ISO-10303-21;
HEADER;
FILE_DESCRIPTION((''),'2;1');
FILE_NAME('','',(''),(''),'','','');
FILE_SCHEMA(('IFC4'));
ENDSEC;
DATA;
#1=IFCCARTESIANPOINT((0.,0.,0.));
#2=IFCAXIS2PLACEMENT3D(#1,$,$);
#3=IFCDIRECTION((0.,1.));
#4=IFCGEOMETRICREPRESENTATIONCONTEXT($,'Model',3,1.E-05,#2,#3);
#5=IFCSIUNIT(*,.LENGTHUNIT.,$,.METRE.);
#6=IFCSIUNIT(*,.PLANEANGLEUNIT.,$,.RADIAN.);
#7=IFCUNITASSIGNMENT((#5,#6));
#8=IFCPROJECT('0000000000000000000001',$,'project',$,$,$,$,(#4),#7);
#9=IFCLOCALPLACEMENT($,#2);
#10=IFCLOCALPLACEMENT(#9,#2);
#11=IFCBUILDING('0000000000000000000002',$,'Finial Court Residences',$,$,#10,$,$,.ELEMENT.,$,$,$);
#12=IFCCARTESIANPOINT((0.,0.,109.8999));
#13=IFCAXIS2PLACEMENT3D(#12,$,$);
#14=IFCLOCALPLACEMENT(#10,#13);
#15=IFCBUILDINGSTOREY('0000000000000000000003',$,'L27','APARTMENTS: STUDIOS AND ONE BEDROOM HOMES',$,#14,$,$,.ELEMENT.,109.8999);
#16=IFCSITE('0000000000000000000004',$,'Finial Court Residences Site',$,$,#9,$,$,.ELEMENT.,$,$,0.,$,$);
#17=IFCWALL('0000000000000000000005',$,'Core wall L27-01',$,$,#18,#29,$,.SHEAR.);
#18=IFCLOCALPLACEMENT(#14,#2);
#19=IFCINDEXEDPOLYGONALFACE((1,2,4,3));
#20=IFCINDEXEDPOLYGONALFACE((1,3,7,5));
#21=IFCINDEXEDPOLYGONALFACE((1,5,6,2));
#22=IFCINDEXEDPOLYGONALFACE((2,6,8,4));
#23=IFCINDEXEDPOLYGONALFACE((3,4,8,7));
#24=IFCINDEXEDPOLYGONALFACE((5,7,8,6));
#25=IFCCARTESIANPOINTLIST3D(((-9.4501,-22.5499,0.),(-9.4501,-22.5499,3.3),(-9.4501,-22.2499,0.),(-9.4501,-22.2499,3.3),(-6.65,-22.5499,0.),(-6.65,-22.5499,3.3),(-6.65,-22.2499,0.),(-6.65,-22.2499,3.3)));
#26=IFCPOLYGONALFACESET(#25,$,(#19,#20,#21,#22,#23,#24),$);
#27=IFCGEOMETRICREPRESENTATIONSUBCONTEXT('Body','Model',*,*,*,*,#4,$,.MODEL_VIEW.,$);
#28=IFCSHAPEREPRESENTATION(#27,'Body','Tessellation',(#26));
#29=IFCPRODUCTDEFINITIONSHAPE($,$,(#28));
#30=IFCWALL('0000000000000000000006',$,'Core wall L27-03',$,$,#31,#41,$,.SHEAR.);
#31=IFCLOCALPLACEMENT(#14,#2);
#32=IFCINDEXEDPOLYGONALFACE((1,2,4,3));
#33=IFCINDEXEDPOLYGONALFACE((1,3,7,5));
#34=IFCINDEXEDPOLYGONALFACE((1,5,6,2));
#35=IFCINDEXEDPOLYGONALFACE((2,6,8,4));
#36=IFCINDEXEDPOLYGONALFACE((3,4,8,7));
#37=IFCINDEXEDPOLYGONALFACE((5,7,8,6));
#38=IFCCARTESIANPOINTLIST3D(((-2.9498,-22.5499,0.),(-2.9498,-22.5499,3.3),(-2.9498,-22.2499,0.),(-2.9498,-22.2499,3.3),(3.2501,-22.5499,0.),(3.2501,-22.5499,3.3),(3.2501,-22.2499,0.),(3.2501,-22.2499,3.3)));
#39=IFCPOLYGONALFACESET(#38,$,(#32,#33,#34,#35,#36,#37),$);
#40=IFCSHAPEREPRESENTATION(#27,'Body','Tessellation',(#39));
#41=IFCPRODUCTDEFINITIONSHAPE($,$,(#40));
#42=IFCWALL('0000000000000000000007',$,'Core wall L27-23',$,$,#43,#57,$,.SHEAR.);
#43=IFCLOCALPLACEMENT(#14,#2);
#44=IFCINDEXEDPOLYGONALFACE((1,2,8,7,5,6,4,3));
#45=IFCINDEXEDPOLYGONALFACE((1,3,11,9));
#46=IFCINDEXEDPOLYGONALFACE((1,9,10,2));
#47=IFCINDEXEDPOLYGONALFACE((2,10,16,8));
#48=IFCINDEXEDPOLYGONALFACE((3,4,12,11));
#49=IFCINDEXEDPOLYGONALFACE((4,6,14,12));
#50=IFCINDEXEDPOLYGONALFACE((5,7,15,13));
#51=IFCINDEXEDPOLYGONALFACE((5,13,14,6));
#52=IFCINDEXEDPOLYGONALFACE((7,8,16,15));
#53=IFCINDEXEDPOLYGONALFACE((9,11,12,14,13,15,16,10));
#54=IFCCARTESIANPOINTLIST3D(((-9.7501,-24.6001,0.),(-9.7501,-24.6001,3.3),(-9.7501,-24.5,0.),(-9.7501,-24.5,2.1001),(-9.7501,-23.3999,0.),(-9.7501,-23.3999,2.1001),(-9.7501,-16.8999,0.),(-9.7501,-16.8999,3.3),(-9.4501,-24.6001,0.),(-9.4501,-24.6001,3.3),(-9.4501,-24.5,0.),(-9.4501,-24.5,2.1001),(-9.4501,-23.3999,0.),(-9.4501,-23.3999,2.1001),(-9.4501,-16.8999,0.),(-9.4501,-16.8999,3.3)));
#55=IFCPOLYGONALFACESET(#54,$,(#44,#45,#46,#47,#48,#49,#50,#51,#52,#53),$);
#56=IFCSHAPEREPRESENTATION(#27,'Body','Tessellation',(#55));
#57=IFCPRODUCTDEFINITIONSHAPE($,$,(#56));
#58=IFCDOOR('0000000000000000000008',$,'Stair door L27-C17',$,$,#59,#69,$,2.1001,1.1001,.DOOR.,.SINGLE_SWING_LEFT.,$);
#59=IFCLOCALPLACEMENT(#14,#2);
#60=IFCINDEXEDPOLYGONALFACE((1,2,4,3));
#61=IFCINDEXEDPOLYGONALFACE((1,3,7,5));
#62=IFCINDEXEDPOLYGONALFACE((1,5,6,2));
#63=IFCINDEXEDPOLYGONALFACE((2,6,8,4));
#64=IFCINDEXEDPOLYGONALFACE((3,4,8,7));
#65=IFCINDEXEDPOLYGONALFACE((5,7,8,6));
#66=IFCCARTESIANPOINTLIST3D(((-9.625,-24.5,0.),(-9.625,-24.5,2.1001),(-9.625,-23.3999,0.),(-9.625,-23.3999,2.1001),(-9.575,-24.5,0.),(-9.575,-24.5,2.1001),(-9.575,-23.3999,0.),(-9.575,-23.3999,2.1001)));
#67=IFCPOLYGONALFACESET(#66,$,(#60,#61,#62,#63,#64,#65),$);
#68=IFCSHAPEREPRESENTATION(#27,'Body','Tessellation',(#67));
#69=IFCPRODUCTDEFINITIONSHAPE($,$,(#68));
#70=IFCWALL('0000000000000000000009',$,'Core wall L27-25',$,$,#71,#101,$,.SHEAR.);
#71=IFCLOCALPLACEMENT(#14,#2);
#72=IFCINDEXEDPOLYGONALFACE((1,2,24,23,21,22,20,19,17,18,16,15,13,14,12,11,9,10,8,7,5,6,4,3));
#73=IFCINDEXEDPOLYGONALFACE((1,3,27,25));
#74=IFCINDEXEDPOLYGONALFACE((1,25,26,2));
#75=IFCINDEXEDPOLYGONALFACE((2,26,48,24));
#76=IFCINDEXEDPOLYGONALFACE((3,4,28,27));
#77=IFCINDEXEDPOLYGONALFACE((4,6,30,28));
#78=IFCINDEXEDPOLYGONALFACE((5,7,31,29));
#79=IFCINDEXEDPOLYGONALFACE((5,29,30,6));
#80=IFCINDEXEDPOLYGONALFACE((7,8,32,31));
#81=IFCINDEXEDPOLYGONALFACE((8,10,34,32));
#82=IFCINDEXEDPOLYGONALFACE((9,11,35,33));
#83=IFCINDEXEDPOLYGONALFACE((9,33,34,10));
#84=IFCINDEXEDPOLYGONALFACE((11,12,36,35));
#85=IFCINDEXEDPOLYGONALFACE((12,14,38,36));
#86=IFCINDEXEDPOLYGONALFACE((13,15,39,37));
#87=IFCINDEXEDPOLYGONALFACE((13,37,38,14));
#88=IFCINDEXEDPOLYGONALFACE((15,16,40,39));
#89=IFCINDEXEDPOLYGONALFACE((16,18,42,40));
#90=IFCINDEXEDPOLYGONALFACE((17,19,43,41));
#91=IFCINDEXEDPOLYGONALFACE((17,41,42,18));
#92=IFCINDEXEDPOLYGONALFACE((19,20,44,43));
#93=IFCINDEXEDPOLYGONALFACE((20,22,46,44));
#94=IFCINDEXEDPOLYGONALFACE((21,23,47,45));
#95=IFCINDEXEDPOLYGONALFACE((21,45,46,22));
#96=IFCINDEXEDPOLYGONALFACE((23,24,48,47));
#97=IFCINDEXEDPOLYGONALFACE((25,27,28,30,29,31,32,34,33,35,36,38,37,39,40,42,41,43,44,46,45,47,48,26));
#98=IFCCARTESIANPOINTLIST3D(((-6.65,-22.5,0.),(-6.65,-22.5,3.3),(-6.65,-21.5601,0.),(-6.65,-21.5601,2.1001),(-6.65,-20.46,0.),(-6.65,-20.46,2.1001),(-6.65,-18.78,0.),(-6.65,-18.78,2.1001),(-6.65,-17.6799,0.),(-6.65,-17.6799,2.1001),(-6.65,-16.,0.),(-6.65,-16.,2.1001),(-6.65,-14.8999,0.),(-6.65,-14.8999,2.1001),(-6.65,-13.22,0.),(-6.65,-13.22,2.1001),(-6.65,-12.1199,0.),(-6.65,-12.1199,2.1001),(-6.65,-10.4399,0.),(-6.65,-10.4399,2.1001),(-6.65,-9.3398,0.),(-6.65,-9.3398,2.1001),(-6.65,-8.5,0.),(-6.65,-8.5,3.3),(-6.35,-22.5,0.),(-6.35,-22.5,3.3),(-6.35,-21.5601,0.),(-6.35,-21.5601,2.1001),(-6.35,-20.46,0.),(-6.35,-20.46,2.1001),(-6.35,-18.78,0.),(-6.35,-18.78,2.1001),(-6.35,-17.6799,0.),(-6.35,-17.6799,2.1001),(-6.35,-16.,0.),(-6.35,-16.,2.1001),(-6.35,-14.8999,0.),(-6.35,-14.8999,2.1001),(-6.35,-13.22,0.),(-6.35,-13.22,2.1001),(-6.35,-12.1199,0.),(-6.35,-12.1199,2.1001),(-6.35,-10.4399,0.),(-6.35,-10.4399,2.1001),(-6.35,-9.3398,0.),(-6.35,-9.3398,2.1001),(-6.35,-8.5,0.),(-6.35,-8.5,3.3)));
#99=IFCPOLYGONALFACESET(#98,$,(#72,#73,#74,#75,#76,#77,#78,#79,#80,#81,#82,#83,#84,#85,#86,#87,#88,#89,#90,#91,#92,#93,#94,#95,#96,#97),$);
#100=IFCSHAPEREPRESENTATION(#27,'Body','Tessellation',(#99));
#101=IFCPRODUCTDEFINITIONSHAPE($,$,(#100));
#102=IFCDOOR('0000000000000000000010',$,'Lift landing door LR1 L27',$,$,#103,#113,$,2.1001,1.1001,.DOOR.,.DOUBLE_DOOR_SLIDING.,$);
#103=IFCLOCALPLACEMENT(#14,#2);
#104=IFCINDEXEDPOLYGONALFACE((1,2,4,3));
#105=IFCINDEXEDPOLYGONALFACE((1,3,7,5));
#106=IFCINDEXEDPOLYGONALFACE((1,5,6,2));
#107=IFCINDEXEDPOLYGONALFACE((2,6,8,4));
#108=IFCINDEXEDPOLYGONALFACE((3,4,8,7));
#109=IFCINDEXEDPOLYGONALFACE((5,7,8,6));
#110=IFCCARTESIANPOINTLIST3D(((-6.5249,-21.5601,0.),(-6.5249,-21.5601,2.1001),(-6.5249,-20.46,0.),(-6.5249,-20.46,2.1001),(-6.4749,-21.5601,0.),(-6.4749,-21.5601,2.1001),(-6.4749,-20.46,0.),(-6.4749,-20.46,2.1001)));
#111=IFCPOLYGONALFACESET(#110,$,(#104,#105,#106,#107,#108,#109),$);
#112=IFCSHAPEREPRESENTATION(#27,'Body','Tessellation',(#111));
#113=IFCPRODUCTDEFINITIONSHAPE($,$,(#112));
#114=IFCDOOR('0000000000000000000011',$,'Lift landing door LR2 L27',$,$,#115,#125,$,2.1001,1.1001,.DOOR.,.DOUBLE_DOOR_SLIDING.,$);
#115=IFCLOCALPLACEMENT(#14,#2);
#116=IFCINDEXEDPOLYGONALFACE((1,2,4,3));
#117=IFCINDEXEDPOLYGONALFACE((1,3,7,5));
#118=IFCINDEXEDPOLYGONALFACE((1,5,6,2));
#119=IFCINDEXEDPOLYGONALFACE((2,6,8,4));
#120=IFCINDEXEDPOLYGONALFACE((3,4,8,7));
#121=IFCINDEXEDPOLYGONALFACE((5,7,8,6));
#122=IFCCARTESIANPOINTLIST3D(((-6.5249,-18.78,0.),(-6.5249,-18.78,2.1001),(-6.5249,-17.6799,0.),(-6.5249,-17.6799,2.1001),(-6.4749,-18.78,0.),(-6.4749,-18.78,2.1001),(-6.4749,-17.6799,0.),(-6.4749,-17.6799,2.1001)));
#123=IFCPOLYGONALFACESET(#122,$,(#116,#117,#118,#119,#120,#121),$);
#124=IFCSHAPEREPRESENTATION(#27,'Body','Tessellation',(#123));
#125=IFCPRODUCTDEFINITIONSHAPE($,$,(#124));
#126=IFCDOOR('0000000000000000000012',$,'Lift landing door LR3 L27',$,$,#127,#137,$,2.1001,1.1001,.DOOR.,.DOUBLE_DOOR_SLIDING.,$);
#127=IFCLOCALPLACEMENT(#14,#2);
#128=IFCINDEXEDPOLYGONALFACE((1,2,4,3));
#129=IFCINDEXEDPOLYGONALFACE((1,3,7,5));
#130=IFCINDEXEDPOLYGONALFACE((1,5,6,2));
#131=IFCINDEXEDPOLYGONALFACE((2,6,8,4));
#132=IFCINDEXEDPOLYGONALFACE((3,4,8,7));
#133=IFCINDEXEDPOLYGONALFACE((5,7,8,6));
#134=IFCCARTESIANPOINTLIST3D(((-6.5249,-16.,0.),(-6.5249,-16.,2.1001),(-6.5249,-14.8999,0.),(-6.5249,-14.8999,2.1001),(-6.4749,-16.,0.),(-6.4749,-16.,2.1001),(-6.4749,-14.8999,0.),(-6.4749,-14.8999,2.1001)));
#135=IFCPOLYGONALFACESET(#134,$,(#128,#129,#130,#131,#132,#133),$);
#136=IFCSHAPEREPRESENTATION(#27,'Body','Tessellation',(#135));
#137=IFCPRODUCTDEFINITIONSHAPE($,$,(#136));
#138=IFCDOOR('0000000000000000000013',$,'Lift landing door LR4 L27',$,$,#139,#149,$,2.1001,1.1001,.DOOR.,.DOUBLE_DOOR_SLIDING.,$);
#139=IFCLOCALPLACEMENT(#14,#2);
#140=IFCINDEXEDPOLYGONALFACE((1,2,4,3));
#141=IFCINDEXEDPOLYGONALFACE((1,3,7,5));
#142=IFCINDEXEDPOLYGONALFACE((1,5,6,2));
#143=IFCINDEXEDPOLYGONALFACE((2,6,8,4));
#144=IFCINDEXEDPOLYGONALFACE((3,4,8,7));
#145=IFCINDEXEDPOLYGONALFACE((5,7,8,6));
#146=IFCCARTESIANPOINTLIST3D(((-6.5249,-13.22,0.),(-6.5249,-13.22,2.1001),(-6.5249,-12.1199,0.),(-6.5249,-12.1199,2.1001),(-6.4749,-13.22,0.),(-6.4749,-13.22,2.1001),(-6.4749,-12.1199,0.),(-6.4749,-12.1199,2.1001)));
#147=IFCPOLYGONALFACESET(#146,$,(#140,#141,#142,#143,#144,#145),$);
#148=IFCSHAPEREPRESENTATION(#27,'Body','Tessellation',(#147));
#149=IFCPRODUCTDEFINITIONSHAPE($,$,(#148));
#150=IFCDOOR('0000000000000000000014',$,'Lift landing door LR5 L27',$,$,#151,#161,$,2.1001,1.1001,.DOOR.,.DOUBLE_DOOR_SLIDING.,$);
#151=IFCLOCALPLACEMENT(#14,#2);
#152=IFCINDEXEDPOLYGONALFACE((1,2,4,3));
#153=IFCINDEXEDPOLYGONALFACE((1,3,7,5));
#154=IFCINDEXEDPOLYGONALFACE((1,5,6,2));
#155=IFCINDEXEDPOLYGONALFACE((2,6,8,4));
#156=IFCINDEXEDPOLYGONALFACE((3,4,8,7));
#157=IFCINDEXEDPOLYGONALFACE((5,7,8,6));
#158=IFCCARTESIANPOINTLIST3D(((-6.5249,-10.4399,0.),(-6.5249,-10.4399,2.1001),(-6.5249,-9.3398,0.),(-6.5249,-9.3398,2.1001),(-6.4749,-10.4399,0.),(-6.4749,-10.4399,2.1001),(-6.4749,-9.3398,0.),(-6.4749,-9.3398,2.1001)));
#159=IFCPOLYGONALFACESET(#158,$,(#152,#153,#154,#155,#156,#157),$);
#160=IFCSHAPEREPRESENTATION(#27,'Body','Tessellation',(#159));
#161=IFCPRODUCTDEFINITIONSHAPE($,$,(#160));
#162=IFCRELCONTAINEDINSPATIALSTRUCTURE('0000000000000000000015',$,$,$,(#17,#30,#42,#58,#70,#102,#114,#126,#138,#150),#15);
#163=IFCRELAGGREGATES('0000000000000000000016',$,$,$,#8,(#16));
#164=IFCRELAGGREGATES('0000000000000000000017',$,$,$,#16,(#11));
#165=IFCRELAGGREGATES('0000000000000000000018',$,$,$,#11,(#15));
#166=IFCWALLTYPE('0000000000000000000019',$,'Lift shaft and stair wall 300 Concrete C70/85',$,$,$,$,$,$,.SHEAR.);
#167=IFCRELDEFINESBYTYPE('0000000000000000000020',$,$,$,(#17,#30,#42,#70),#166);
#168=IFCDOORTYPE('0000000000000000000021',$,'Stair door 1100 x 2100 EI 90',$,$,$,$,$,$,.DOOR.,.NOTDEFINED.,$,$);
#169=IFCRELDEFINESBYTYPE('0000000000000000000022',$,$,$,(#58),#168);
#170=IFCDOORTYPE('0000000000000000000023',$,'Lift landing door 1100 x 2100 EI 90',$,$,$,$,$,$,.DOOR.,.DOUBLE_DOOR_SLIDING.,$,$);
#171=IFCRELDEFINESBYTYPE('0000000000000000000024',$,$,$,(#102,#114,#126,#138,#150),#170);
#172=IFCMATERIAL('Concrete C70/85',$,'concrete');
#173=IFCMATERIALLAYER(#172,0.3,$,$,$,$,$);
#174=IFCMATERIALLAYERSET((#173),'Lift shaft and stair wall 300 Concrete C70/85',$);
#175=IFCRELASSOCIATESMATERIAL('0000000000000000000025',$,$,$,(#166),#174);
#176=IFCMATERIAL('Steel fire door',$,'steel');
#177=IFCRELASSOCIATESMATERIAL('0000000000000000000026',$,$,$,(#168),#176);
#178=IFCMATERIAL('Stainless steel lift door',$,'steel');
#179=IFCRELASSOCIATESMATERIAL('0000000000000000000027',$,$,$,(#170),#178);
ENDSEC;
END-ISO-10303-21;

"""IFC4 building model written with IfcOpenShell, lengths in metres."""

from ifc_helpers import new_model, si_unit, direction, frame, frame_2d, origin, place, context, subcontext, project, spatial, rectangle, extrude, material, layer, layer_set, type_object, element, fill, save


model = new_model("IFC4")

# Units and contexts
model_context = context("Model", 3, precision=1e-05, world=origin(), true_north=direction((0.0, 1.0)))
body_context = subcontext(model_context, "Body", "Model", "MODEL_VIEW")
ifc_project = project(units=[si_unit("LENGTHUNIT", "METRE"), si_unit("PLANEANGLEUNIT", "RADIAN")], contexts=[model_context])

# Site, building, storey
site_placement = place(None, origin())
site = spatial("IfcSite", under=ifc_project, at=site_placement, Name="Finial Court Residences Site", CompositionType="ELEMENT", RefElevation=0.0)
building_placement = place(site_placement, origin())
building = spatial("IfcBuilding", under=site, at=building_placement, Name="Finial Court Residences", CompositionType="ELEMENT")
storey_placement = place(building_placement, frame((0.0, 0.0, 109.8999)))
storey = spatial("IfcBuildingStorey", under=building, at=storey_placement, Name="L27", Description="APARTMENTS: STUDIOS AND ONE BEDROOM HOMES", CompositionType="ELEMENT", Elevation=109.8999)

# Walls
ifc_material_1 = material(Name="Concrete C70/85", Category="concrete")
ifc_layer_1 = layer(ifc_material_1, 0.3)
ifc_layer_set_1 = layer_set([ifc_layer_1], Name="Lift shaft and stair wall 300 Concrete C70/85")
wall_type_1 = type_object("IfcWallType", Name="Lift shaft and stair wall 300 Concrete C70/85", PredefinedType="SHEAR", material=ifc_layer_set_1)
wall_1_placement = place(storey_placement, frame((-9.45, -22.3999, 0.0), z_axis=(0.0, 0.0, 1.0), x_axis=(1.0, 0.0, 0.0)))
element("IfcWall", 1, at=wall_1_placement, inside=storey, type_object=wall_type_1, Name="Core wall L27-01", PredefinedType="SHEAR", context=body_context, shape_type="SweptSolid", body=[
    extrude(rectangle(XDim=2.8, YDim=0.3, at=frame_2d((1.3999, 0.0))), origin(), (0.0, 0.0, 1.0), 3.3),
])
wall_2_placement = place(storey_placement, frame((-2.95, -22.3999, 0.0), z_axis=(0.0, 0.0, 1.0), x_axis=(1.0, 0.0, 0.0)))
element("IfcWall", 2, at=wall_2_placement, inside=storey, type_object=wall_type_1, Name="Core wall L27-03", PredefinedType="SHEAR", context=body_context, shape_type="SweptSolid", body=[
    extrude(rectangle(XDim=6.2, YDim=0.3, at=frame_2d((3.1001, 0.0))), origin(), (0.0, 0.0, 1.0), 3.3),
])

# Wall, opening, door
wall_3_placement = place(storey_placement, frame((-9.6001, -24.6001, 0.0), z_axis=(0.0, 0.0, 1.0), x_axis=(0.0, 1.0, 0.0)))
wall_3 = element("IfcWall", 3, at=wall_3_placement, inside=storey, type_object=wall_type_1, Name="Core wall L27-23", PredefinedType="SHEAR", context=body_context, shape_type="SweptSolid", body=[
    extrude(rectangle(XDim=7.7002, YDim=0.3, at=frame_2d((3.8501, 0.0))), origin(), (0.0, 0.0, 1.0), 3.3),
])
opening_1_placement = place(wall_3_placement, frame((0.1001, 0.0, 0.0)))
opening_1 = element("IfcOpeningElement", 4, at=opening_1_placement, cuts=wall_3, PredefinedType="OPENING", context=body_context, shape_type="SweptSolid", body=[
    extrude(rectangle(XDim=1.1001, YDim=2.1001, at=frame_2d((0.55, 1.05))), frame((0.0, 0.1599, 0.0), z_axis=(0.0, -1.0, 0.0), x_axis=(1.0, 0.0, 0.0)), (0.0, 0.0, 1.0), 0.3201),
])
ifc_material_2 = material(Name="Steel fire door", Category="steel")
door_type_1 = type_object("IfcDoorType", Name="Stair door 1100 x 2100 EI 90", OperationType="NOTDEFINED", PredefinedType="DOOR", material=ifc_material_2)
door_1_placement = place(opening_1_placement, origin())
door_1 = element("IfcDoor", 5, at=door_1_placement, inside=storey, type_object=door_type_1, Name="Stair door L27-C17", OperationType="SINGLE_SWING_LEFT", OverallHeight=2.1001, OverallWidth=1.1001, PredefinedType="DOOR", context=body_context, shape_type="SweptSolid", body=[
    extrude(rectangle(XDim=1.1001, YDim=2.1001, at=frame_2d((0.55, 1.05))), frame((0.0, 0.0249, 0.0), z_axis=(0.0, -1.0, 0.0), x_axis=(1.0, 0.0, 0.0)), (0.0, 0.0, 1.0), 0.05),
])
fill(opening_1, door_1)

# Wall, openings, doors
wall_4_placement = place(storey_placement, frame((-6.5, -22.5, 0.0), z_axis=(0.0, 0.0, 1.0), x_axis=(0.0, 1.0, 0.0)))
wall_4 = element("IfcWall", 6, at=wall_4_placement, inside=storey, type_object=wall_type_1, Name="Core wall L27-25", PredefinedType="SHEAR", context=body_context, shape_type="SweptSolid", body=[
    extrude(rectangle(XDim=14.0, YDim=0.3, at=frame_2d((7.0, 0.0))), origin(), (0.0, 0.0, 1.0), 3.3),
])
opening_2_placement = place(wall_4_placement, frame((0.9399, 0.0, 0.0)))
opening_2 = element("IfcOpeningElement", 7, at=opening_2_placement, cuts=wall_4, PredefinedType="OPENING", context=body_context, shape_type="SweptSolid", body=[
    extrude(rectangle(XDim=1.1001, YDim=2.1001, at=frame_2d((0.55, 1.05))), frame((0.0, 0.1599, 0.0), z_axis=(0.0, -1.0, 0.0), x_axis=(1.0, 0.0, 0.0)), (0.0, 0.0, 1.0), 0.3201),
])
opening_3_placement = place(wall_4_placement, frame((3.72, 0.0, 0.0)))
opening_3 = element("IfcOpeningElement", 8, at=opening_3_placement, cuts=wall_4, PredefinedType="OPENING", context=body_context, shape_type="SweptSolid", body=[
    extrude(rectangle(XDim=1.1001, YDim=2.1001, at=frame_2d((0.55, 1.05))), frame((0.0, 0.1599, 0.0), z_axis=(0.0, -1.0, 0.0), x_axis=(1.0, 0.0, 0.0)), (0.0, 0.0, 1.0), 0.3201),
])
opening_4_placement = place(wall_4_placement, frame((6.5, 0.0, 0.0)))
opening_4 = element("IfcOpeningElement", 9, at=opening_4_placement, cuts=wall_4, PredefinedType="OPENING", context=body_context, shape_type="SweptSolid", body=[
    extrude(rectangle(XDim=1.1001, YDim=2.1001, at=frame_2d((0.55, 1.05))), frame((0.0, 0.1599, 0.0), z_axis=(0.0, -1.0, 0.0), x_axis=(1.0, 0.0, 0.0)), (0.0, 0.0, 1.0), 0.3201),
])
opening_5_placement = place(wall_4_placement, frame((9.28, 0.0, 0.0)))
opening_5 = element("IfcOpeningElement", 10, at=opening_5_placement, cuts=wall_4, PredefinedType="OPENING", context=body_context, shape_type="SweptSolid", body=[
    extrude(rectangle(XDim=1.1001, YDim=2.1001, at=frame_2d((0.55, 1.05))), frame((0.0, 0.1599, 0.0), z_axis=(0.0, -1.0, 0.0), x_axis=(1.0, 0.0, 0.0)), (0.0, 0.0, 1.0), 0.3201),
])
opening_6_placement = place(wall_4_placement, frame((12.0601, 0.0, 0.0)))
opening_6 = element("IfcOpeningElement", 11, at=opening_6_placement, cuts=wall_4, PredefinedType="OPENING", context=body_context, shape_type="SweptSolid", body=[
    extrude(rectangle(XDim=1.1001, YDim=2.1001, at=frame_2d((0.55, 1.05))), frame((0.0, 0.1599, 0.0), z_axis=(0.0, -1.0, 0.0), x_axis=(1.0, 0.0, 0.0)), (0.0, 0.0, 1.0), 0.3201),
])
ifc_material_3 = material(Name="Stainless steel lift door", Category="steel")
door_type_2 = type_object("IfcDoorType", Name="Lift landing door 1100 x 2100 EI 90", OperationType="DOUBLE_DOOR_SLIDING", PredefinedType="DOOR", material=ifc_material_3)
door_2_placement = place(opening_2_placement, origin())
door_2 = element("IfcDoor", 12, at=door_2_placement, inside=storey, type_object=door_type_2, Name="Lift landing door LR1 L27", OperationType="DOUBLE_DOOR_SLIDING", OverallHeight=2.1001, OverallWidth=1.1001, PredefinedType="DOOR", context=body_context, shape_type="SweptSolid", body=[
    extrude(rectangle(XDim=1.1001, YDim=2.1001, at=frame_2d((0.55, 1.05))), frame((0.0, 0.0249, 0.0), z_axis=(0.0, -1.0, 0.0), x_axis=(1.0, 0.0, 0.0)), (0.0, 0.0, 1.0), 0.05),
])
fill(opening_2, door_2)
door_3_placement = place(opening_3_placement, origin())
door_3 = element("IfcDoor", 13, at=door_3_placement, inside=storey, type_object=door_type_2, Name="Lift landing door LR2 L27", OperationType="DOUBLE_DOOR_SLIDING", OverallHeight=2.1001, OverallWidth=1.1001, PredefinedType="DOOR", context=body_context, shape_type="SweptSolid", body=[
    extrude(rectangle(XDim=1.1001, YDim=2.1001, at=frame_2d((0.55, 1.05))), frame((0.0, 0.0249, 0.0), z_axis=(0.0, -1.0, 0.0), x_axis=(1.0, 0.0, 0.0)), (0.0, 0.0, 1.0), 0.05),
])
fill(opening_3, door_3)
door_4_placement = place(opening_4_placement, origin())
door_4 = element("IfcDoor", 14, at=door_4_placement, inside=storey, type_object=door_type_2, Name="Lift landing door LR3 L27", OperationType="DOUBLE_DOOR_SLIDING", OverallHeight=2.1001, OverallWidth=1.1001, PredefinedType="DOOR", context=body_context, shape_type="SweptSolid", body=[
    extrude(rectangle(XDim=1.1001, YDim=2.1001, at=frame_2d((0.55, 1.05))), frame((0.0, 0.0249, 0.0), z_axis=(0.0, -1.0, 0.0), x_axis=(1.0, 0.0, 0.0)), (0.0, 0.0, 1.0), 0.05),
])
fill(opening_4, door_4)
door_5_placement = place(opening_5_placement, origin())
door_5 = element("IfcDoor", 15, at=door_5_placement, inside=storey, type_object=door_type_2, Name="Lift landing door LR4 L27", OperationType="DOUBLE_DOOR_SLIDING", OverallHeight=2.1001, OverallWidth=1.1001, PredefinedType="DOOR", context=body_context, shape_type="SweptSolid", body=[
    extrude(rectangle(XDim=1.1001, YDim=2.1001, at=frame_2d((0.55, 1.05))), frame((0.0, 0.0249, 0.0), z_axis=(0.0, -1.0, 0.0), x_axis=(1.0, 0.0, 0.0)), (0.0, 0.0, 1.0), 0.05),
])
fill(opening_5, door_5)
door_6_placement = place(opening_6_placement, origin())
door_6 = element("IfcDoor", 16, at=door_6_placement, inside=storey, type_object=door_type_2, Name="Lift landing door LR5 L27", OperationType="DOUBLE_DOOR_SLIDING", OverallHeight=2.1001, OverallWidth=1.1001, PredefinedType="DOOR", context=body_context, shape_type="SweptSolid", body=[
    extrude(rectangle(XDim=1.1001, YDim=2.1001, at=frame_2d((0.55, 1.05))), frame((0.0, 0.0249, 0.0), z_axis=(0.0, -1.0, 0.0), x_axis=(1.0, 0.0, 0.0)), (0.0, 0.0, 1.0), 0.05),
])
fill(opening_6, door_6)

save(model, "model.ifc")
